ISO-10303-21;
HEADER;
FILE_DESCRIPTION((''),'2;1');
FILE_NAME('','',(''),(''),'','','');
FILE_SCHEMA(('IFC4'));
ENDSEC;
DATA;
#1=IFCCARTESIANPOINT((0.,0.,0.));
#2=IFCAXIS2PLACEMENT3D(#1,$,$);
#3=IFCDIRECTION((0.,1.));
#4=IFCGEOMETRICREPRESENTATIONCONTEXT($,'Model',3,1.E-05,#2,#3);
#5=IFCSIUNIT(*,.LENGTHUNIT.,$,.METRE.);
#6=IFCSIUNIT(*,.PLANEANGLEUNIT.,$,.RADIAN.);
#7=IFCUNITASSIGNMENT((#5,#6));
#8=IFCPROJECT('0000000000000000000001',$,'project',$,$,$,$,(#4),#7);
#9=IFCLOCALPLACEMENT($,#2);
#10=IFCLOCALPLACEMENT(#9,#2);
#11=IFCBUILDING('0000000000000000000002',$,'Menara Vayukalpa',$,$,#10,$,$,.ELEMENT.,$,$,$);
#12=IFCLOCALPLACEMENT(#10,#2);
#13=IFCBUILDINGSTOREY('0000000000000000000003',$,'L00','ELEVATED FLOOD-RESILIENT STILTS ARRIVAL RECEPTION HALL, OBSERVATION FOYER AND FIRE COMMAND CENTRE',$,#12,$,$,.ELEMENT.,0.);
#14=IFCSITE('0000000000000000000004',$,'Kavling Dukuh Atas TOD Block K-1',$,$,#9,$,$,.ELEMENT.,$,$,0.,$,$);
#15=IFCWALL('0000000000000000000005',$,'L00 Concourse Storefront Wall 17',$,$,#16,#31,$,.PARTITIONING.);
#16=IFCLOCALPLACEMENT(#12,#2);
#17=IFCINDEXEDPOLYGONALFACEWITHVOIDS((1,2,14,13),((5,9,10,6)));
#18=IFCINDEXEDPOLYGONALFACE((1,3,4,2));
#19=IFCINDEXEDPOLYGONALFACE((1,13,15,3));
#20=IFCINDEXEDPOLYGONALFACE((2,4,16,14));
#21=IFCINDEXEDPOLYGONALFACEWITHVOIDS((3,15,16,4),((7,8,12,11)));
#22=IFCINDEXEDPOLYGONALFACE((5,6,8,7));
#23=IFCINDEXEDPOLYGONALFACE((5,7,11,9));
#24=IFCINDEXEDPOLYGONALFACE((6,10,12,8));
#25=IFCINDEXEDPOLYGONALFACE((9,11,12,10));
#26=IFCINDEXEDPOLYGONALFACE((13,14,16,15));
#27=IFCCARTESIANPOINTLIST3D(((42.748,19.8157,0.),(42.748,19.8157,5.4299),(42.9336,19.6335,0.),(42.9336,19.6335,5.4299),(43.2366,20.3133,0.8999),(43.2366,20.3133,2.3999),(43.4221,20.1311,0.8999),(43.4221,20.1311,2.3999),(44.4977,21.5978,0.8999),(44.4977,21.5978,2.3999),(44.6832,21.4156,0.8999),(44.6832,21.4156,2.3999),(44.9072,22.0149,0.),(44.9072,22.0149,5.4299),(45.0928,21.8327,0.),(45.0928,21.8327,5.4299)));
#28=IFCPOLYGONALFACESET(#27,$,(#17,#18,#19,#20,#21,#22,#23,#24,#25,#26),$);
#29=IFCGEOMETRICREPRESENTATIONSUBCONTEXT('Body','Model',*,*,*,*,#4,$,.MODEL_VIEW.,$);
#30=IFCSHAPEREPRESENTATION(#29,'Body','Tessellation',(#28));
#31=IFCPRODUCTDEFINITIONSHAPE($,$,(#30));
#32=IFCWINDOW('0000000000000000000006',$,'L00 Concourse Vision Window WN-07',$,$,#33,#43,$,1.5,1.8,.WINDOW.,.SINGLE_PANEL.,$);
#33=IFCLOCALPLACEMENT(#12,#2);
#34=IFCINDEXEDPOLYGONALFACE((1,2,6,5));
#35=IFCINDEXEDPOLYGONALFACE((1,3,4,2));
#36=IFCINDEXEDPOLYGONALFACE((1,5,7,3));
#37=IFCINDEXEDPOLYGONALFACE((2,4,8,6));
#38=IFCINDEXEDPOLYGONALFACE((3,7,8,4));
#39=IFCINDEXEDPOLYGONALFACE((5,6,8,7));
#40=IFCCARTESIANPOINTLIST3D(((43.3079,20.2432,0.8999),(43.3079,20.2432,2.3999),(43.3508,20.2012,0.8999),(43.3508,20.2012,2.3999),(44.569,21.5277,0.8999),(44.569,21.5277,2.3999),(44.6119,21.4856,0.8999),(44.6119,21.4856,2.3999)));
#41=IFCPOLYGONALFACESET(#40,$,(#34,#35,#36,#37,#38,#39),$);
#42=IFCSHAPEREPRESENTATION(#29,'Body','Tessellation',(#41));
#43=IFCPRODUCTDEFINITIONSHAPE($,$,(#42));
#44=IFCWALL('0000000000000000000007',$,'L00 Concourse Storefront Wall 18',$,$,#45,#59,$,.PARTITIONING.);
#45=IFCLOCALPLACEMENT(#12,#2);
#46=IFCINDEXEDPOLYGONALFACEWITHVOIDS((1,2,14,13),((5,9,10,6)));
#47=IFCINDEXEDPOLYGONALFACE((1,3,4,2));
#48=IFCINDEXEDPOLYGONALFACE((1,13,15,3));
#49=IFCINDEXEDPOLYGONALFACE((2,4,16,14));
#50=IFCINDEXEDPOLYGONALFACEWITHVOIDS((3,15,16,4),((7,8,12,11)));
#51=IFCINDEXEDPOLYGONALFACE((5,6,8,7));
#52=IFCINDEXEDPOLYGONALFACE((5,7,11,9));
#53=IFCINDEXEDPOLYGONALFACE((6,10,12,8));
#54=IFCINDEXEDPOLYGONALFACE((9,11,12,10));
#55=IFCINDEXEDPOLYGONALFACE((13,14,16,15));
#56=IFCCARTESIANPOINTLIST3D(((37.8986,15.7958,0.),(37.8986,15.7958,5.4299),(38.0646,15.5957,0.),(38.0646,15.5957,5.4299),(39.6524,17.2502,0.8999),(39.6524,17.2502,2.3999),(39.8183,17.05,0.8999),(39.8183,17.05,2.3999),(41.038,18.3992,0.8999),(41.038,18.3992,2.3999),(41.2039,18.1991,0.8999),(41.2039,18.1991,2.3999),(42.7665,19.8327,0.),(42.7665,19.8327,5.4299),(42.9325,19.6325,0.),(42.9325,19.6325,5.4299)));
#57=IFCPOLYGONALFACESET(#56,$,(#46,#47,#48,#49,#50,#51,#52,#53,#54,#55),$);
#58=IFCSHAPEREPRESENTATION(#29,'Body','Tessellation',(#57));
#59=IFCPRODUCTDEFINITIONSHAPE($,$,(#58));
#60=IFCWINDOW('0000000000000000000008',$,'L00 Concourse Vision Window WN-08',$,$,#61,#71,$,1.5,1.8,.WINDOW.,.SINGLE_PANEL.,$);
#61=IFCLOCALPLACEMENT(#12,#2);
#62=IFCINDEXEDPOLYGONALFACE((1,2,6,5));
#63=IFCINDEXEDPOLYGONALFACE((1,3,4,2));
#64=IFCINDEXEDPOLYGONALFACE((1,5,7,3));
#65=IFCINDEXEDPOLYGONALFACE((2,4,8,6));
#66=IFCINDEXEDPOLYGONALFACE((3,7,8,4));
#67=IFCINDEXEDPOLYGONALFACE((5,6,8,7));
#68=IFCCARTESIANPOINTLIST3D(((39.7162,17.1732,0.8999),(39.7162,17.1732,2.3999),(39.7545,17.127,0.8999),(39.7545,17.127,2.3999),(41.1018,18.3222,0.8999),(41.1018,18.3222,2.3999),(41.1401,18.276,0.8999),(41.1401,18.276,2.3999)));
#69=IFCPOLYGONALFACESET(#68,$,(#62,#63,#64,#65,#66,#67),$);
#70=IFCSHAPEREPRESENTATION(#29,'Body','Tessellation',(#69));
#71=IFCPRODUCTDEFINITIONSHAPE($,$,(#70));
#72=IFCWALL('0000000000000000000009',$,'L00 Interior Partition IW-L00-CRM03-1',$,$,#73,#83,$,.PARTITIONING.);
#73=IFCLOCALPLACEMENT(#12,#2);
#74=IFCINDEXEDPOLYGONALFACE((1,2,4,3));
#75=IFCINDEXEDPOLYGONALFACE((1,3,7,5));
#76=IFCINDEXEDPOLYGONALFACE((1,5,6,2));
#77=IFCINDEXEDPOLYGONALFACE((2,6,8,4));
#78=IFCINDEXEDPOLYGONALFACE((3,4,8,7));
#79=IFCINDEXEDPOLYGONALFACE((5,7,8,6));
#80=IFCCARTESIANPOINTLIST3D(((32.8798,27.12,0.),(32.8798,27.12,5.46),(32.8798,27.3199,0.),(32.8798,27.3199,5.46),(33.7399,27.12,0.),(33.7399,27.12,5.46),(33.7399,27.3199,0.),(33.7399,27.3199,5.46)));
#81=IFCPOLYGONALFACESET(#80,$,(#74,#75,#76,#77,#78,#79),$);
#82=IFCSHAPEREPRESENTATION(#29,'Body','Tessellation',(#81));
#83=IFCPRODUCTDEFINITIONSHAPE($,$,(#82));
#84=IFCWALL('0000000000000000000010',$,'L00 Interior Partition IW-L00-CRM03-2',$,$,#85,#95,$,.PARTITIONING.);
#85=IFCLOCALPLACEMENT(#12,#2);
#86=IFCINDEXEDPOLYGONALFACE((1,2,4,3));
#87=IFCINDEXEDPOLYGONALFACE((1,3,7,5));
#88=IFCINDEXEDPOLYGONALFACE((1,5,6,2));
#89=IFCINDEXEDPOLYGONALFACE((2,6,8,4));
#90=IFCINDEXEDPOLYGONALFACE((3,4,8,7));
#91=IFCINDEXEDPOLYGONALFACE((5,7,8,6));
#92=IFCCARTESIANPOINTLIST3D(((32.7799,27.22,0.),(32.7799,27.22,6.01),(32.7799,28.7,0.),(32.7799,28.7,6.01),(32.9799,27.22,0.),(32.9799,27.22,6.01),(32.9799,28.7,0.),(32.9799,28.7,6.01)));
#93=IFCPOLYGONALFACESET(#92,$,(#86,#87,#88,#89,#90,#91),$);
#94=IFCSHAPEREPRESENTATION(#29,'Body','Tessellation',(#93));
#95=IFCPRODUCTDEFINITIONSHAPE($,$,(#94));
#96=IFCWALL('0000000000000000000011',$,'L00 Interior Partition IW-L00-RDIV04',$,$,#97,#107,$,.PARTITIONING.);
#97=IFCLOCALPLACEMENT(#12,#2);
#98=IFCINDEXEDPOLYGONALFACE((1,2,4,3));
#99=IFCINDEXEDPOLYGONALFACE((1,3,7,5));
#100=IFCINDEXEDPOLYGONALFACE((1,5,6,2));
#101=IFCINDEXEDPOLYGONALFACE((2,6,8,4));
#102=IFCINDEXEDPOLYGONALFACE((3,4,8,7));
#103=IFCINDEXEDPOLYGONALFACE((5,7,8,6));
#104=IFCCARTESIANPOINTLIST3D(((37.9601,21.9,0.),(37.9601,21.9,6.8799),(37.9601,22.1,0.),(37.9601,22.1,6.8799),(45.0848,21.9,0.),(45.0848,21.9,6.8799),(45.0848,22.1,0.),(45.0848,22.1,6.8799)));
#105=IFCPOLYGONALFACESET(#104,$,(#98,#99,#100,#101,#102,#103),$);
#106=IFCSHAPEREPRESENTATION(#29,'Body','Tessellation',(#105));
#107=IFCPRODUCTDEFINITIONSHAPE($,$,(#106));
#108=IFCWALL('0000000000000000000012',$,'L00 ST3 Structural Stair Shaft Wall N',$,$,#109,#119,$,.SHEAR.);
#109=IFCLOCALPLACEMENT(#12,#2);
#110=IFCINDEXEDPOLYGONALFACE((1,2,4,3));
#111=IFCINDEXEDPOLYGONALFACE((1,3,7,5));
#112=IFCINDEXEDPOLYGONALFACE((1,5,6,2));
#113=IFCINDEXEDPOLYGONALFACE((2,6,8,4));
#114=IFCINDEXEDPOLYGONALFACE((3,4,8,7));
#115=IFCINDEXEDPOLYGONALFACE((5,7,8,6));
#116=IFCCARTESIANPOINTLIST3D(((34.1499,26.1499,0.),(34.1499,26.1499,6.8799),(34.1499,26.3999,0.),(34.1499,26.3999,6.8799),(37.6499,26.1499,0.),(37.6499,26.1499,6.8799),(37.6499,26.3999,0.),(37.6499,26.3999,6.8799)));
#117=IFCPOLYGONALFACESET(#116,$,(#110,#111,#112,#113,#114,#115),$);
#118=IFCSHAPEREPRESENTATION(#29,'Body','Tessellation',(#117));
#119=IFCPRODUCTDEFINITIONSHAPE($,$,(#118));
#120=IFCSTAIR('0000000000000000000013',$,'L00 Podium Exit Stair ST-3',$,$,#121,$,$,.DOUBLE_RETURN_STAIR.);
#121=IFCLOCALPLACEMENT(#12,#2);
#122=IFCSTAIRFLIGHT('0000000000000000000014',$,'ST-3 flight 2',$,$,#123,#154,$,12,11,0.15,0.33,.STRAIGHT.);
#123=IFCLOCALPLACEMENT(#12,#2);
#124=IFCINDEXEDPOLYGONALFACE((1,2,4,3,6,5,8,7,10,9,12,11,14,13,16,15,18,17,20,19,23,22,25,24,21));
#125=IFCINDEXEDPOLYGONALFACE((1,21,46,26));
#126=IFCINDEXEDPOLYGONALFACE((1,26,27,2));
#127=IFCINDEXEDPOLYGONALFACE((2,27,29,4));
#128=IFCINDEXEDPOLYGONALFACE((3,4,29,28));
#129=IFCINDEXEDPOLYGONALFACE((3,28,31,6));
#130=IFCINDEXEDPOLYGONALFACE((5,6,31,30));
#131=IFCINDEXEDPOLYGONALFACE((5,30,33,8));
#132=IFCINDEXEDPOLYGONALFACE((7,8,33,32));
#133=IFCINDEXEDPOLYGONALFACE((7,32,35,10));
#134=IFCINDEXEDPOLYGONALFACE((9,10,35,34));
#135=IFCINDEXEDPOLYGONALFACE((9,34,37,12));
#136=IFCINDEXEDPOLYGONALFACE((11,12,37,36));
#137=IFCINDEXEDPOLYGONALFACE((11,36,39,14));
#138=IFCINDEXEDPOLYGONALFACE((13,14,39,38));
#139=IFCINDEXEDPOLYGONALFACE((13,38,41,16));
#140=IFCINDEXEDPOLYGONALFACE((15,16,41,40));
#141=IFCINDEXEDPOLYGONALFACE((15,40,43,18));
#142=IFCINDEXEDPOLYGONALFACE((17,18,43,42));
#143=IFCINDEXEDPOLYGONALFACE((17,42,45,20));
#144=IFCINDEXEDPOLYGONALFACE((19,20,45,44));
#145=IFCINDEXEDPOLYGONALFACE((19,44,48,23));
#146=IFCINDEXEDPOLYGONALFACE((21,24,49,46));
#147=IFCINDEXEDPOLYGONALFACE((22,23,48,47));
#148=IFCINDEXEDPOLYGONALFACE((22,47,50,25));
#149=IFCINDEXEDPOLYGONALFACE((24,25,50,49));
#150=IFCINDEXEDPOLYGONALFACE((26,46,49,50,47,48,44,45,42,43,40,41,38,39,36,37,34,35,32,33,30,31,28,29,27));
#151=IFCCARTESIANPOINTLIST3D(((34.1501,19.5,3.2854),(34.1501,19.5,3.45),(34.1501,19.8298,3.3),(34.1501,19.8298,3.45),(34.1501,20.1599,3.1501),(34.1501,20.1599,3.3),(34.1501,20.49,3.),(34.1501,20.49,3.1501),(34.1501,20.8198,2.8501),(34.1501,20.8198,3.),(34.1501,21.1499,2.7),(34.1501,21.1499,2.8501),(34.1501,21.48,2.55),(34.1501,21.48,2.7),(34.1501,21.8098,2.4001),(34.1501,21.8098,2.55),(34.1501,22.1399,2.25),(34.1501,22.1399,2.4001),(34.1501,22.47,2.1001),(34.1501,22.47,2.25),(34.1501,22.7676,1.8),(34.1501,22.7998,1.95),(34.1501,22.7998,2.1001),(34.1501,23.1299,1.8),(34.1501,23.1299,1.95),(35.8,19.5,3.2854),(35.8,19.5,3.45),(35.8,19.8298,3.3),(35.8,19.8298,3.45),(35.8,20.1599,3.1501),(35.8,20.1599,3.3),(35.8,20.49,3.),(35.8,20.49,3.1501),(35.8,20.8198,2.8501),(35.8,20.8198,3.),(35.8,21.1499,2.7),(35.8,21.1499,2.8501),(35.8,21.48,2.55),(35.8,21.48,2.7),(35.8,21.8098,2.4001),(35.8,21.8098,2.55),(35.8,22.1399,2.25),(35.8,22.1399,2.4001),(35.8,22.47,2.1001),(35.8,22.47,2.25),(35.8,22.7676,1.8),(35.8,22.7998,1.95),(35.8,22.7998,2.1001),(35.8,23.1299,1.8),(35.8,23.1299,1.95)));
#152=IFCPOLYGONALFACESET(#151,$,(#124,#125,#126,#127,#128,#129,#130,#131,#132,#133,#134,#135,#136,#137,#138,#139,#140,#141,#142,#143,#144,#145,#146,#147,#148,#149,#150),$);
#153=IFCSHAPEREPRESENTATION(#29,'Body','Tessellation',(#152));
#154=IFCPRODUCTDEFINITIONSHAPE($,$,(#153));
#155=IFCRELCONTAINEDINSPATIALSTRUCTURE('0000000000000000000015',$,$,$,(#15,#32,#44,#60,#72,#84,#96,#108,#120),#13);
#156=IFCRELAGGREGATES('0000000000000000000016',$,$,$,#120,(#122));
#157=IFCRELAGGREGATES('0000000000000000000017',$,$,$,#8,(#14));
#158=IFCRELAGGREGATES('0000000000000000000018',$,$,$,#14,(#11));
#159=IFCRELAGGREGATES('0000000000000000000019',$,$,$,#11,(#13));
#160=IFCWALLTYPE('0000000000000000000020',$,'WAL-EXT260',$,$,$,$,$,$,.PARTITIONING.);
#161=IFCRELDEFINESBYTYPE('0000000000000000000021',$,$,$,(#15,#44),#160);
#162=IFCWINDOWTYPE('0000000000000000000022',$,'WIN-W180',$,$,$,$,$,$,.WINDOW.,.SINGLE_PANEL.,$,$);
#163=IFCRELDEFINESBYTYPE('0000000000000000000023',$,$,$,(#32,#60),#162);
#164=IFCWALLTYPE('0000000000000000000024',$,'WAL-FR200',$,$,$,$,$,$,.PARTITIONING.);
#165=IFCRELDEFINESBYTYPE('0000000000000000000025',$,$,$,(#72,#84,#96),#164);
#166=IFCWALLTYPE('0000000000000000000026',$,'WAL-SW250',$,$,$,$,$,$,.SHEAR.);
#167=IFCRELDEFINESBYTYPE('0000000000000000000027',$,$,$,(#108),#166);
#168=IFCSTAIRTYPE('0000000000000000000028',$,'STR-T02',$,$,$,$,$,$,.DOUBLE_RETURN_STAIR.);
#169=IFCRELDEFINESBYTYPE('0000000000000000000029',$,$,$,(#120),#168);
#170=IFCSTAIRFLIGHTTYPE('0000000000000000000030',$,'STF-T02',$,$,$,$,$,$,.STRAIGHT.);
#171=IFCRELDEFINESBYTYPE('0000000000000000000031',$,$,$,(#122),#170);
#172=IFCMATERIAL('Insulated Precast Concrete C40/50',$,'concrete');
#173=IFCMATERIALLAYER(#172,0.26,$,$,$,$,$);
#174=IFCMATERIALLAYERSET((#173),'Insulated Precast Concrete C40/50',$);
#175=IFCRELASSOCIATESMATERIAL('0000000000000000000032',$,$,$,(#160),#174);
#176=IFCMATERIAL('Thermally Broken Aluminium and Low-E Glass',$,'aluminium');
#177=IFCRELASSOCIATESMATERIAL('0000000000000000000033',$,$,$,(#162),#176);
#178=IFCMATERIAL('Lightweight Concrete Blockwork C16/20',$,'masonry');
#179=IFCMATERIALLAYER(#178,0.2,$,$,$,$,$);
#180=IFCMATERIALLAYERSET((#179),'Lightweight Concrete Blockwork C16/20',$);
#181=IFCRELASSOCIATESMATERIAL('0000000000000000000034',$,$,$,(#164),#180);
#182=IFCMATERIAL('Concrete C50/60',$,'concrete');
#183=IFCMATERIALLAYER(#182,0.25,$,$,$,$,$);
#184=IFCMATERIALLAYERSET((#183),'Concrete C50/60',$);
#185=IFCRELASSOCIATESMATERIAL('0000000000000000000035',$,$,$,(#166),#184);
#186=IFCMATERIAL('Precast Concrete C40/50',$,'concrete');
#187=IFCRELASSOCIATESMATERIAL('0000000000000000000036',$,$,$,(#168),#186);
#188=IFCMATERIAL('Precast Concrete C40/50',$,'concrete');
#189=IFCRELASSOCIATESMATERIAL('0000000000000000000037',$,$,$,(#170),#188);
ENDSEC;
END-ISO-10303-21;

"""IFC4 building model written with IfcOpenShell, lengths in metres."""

from ifc_helpers import new_model, si_unit, direction, frame, frame_2d, origin, place, context, subcontext, project, spatial, polyline, rectangle, outline, extrude, material, layer, layer_set, type_object, element, fill, aggregate, save


model = new_model("IFC4")

# Units and contexts
model_context = context("Model", 3, precision=1e-05, world=origin(), true_north=direction((0.0, 1.0)))
body_context = subcontext(model_context, "Body", "Model", "MODEL_VIEW")
ifc_project = project(units=[si_unit("LENGTHUNIT", "METRE"), si_unit("PLANEANGLEUNIT", "RADIAN")], contexts=[model_context])

# Site, building, storey
site_placement = place(None, origin())
site = spatial("IfcSite", under=ifc_project, at=site_placement, Name="Kavling Dukuh Atas TOD Block K-1", CompositionType="ELEMENT", RefElevation=0.0)
building_placement = place(site_placement, origin())
building = spatial("IfcBuilding", under=site, at=building_placement, Name="Menara Vayukalpa", CompositionType="ELEMENT")
storey_placement = place(building_placement, origin())
storey = spatial("IfcBuildingStorey", under=building, at=storey_placement, Name="L00", Description="ELEVATED FLOOD-RESILIENT STILTS ARRIVAL RECEPTION HALL, OBSERVATION FOYER AND FIRE COMMAND CENTRE", CompositionType="ELEMENT", Elevation=0.0)

# Walls, openings, windows
ifc_material_1 = material(Name="Insulated Precast Concrete C40/50", Category="concrete")
ifc_layer_1 = layer(ifc_material_1, 0.26)
ifc_layer_set_1 = layer_set([ifc_layer_1], Name="Insulated Precast Concrete C40/50")
wall_type_1 = type_object("IfcWallType", Name="WAL-EXT260", PredefinedType="PARTITIONING", material=ifc_layer_set_1)
ifc_material_2 = material(Name="Thermally Broken Aluminium and Low-E Glass", Category="aluminium")
window_type = type_object("IfcWindowType", Name="WIN-W180", PartitioningType="SINGLE_PANEL", PredefinedType="WINDOW", material=ifc_material_2)
wall_1_placement = place(storey_placement, frame((45.0, 21.9238, 0.0), z_axis=(0.0, 0.0, 1.0), x_axis=(-0.700581, -0.713573, 0.0)))
wall_1 = element("IfcWall", 1, at=wall_1_placement, inside=storey, type_object=wall_type_1, Name="L00 Concourse Storefront Wall 17", PredefinedType="PARTITIONING", context=body_context, shape_type="SweptSolid", body=[
    extrude(rectangle(XDim=3.082, YDim=0.26, at=frame_2d((1.541, 0.0))), origin(), (0.0, 0.0, 1.0), 5.4299),
])
opening_1_placement = place(wall_1_placement, frame((0.5847, 0.0, 0.8999)))
opening_1 = element("IfcOpeningElement", 2, at=opening_1_placement, cuts=wall_1, PredefinedType="OPENING", context=body_context, shape_type="SweptSolid", body=[
    extrude(rectangle(XDim=1.8, YDim=1.5, at=frame_2d((0.8999, 0.75))), frame((0.0, 0.1399, 0.0), z_axis=(0.0, -1.0, 0.0), x_axis=(1.0, 0.0, 0.0)), (0.0, 0.0, 1.0), 0.28),
])
window_1_placement = place(opening_1_placement, origin())
window_1 = element("IfcWindow", 3, at=window_1_placement, inside=storey, type_object=window_type, Name="L00 Concourse Vision Window WN-07", OverallHeight=1.5, OverallWidth=1.8, PartitioningType="SINGLE_PANEL", PredefinedType="WINDOW", context=body_context, shape_type="SweptSolid", body=[
    extrude(rectangle(XDim=1.8, YDim=1.5, at=frame_2d((0.8999, 0.75))), frame((0.0, 0.03, 0.0), z_axis=(0.0, -1.0, 0.0), x_axis=(1.0, 0.0, 0.0)), (0.0, 0.0, 1.0), 0.0601),
])
fill(opening_1, window_1)
wall_2_placement = place(storey_placement, frame((42.8496, 19.7327, 0.0), z_axis=(0.0, 0.0, 1.0), x_axis=(-0.769754, -0.638341, 0.0)))
wall_2 = element("IfcWall", 4, at=wall_2_placement, inside=storey, type_object=wall_type_1, Name="L00 Concourse Storefront Wall 18", PredefinedType="PARTITIONING", context=body_context, shape_type="SweptSolid", body=[
    extrude(rectangle(XDim=6.324, YDim=0.26, at=frame_2d((3.1621, 0.0))), origin(), (0.0, 0.0, 1.0), 5.4299),
])
opening_2_placement = place(wall_2_placement, frame((2.2458, 0.0, 0.8999)))
opening_2 = element("IfcOpeningElement", 5, at=opening_2_placement, cuts=wall_2, PredefinedType="OPENING", context=body_context, shape_type="SweptSolid", body=[
    extrude(rectangle(XDim=1.8, YDim=1.5, at=frame_2d((0.8999, 0.75))), frame((0.0, 0.1399, 0.0), z_axis=(0.0, -1.0, 0.0), x_axis=(1.0, 0.0, 0.0)), (0.0, 0.0, 1.0), 0.28),
])
window_2_placement = place(opening_2_placement, origin())
window_2 = element("IfcWindow", 6, at=window_2_placement, inside=storey, type_object=window_type, Name="L00 Concourse Vision Window WN-08", OverallHeight=1.5, OverallWidth=1.8, PartitioningType="SINGLE_PANEL", PredefinedType="WINDOW", context=body_context, shape_type="SweptSolid", body=[
    extrude(rectangle(XDim=1.8, YDim=1.5, at=frame_2d((0.8999, 0.75))), frame((0.0, 0.03, 0.0), z_axis=(0.0, -1.0, 0.0), x_axis=(1.0, 0.0, 0.0)), (0.0, 0.0, 1.0), 0.0601),
])
fill(opening_2, window_2)

# Walls
ifc_material_3 = material(Name="Lightweight Concrete Blockwork C16/20", Category="masonry")
ifc_layer_2 = layer(ifc_material_3, 0.2)
ifc_layer_set_2 = layer_set([ifc_layer_2], Name="Lightweight Concrete Blockwork C16/20")
wall_type_2 = type_object("IfcWallType", Name="WAL-FR200", PredefinedType="PARTITIONING", material=ifc_layer_set_2)
wall_3_placement = place(storey_placement, frame((33.74, 27.22, 0.0), z_axis=(0.0, 0.0, 1.0), x_axis=(-1.0, 0.0, 0.0)))
element("IfcWall", 7, at=wall_3_placement, inside=storey, type_object=wall_type_2, Name="L00 Interior Partition IW-L00-CRM03-1", PredefinedType="PARTITIONING", context=body_context, shape_type="SweptSolid", body=[
    extrude(rectangle(XDim=0.8601, YDim=0.2, at=frame_2d((0.4302, 0.0))), origin(), (0.0, 0.0, 1.0), 5.46),
])
wall_4_placement = place(storey_placement, frame((32.8799, 27.22, 0.0), z_axis=(0.0, 0.0, 1.0), x_axis=(0.0, 1.0, 0.0)))
element("IfcWall", 8, at=wall_4_placement, inside=storey, type_object=wall_type_2, Name="L00 Interior Partition IW-L00-CRM03-2", PredefinedType="PARTITIONING", context=body_context, shape_type="SweptSolid", body=[
    extrude(rectangle(XDim=1.48, YDim=0.2, at=frame_2d((0.74, 0.0))), origin(), (0.0, 0.0, 1.0), 6.01),
])
wall_5_placement = place(storey_placement, frame((37.96, 22.0, 0.0), z_axis=(0.0, 0.0, 1.0), x_axis=(1.0, 0.0, 0.0)))
element("IfcWall", 9, at=wall_5_placement, inside=storey, type_object=wall_type_2, Name="L00 Interior Partition IW-L00-RDIV04", PredefinedType="PARTITIONING", context=body_context, shape_type="SweptSolid", body=[
    extrude(rectangle(XDim=7.1248, YDim=0.2, at=frame_2d((3.5625, 0.0))), origin(), (0.0, 0.0, 1.0), 6.8799),
])
ifc_material_4 = material(Name="Concrete C50/60", Category="concrete")
ifc_layer_3 = layer(ifc_material_4, 0.25)
ifc_layer_set_3 = layer_set([ifc_layer_3], Name="Concrete C50/60")
wall_type_3 = type_object("IfcWallType", Name="WAL-SW250", PredefinedType="SHEAR", material=ifc_layer_set_3)
wall_6_placement = place(storey_placement, frame((34.1499, 26.2749, 0.0), z_axis=(0.0, 0.0, 1.0), x_axis=(1.0, 0.0, 0.0)))
element("IfcWall", 10, at=wall_6_placement, inside=storey, type_object=wall_type_3, Name="L00 ST3 Structural Stair Shaft Wall N", PredefinedType="SHEAR", context=body_context, shape_type="SweptSolid", body=[
    extrude(rectangle(XDim=3.5, YDim=0.25, at=frame_2d((1.75, 0.0))), origin(), (0.0, 0.0, 1.0), 6.8799),
])

# Stair, stair flight
ifc_material_5 = material(Name="Precast Concrete C40/50", Category="concrete")
stair_type = type_object("IfcStairType", Name="STR-T02", PredefinedType="DOUBLE_RETURN_STAIR", material=ifc_material_5)
stair_placement = place(storey_placement, origin())
stair = element("IfcStair", 11, at=stair_placement, inside=storey, type_object=stair_type, Name="L00 Podium Exit Stair ST-3", PredefinedType="DOUBLE_RETURN_STAIR")
ifc_material_6 = material(Name="Precast Concrete C40/50", Category="concrete")
stair_flight_type = type_object("IfcStairFlightType", Name="STF-T02", PredefinedType="STRAIGHT", material=ifc_material_6)
stair_flight_1_placement = place(storey_placement, frame((34.9751, 23.1299, 1.8), z_axis=(0.0, 0.0, 1.0), x_axis=(0.0, -1.0, 0.0)))
stair_flight_1 = element("IfcStairFlight", 12, at=stair_flight_1_placement, type_object=stair_flight_type, Name="ST-3 flight 2", NumberOfRisers=12, NumberOfTreads=11, PredefinedType="STRAIGHT", RiserHeight=0.15, TreadLength=0.33, context=body_context, shape_type="SweptSolid", body=[
    extrude(outline(polyline([(0.0, 0.0), (0.0, 0.1499), (0.3301, 0.1499), (0.3301, 0.3), (0.6599, 0.3), (0.6599, 0.45), (0.99, 0.45), (0.99, 0.6001), (1.3201, 0.6001), (1.3201, 0.75), (1.6499, 0.75), (1.6499, 0.8999), (1.98, 0.8999), (1.98, 1.05), (2.3101, 1.05), (2.3101, 1.2), (2.6399, 1.2), (2.6399, 1.3501), (2.97, 1.3501), (2.97, 1.5), (3.3, 1.5), (3.3, 1.6499), (3.6299, 1.6499), (3.6299, 1.8), (3.6299, 1.4854), (0.3623, 0.0), (0.0, 0.0)])), frame((0.0, 0.825, 0.0), z_axis=(0.0, -1.0, 0.0), x_axis=(1.0, 0.0, 0.0)), (0.0, 0.0, 1.0), 1.6499),
])
aggregate(stair, [stair_flight_1])

save(model, "model.ifc")
